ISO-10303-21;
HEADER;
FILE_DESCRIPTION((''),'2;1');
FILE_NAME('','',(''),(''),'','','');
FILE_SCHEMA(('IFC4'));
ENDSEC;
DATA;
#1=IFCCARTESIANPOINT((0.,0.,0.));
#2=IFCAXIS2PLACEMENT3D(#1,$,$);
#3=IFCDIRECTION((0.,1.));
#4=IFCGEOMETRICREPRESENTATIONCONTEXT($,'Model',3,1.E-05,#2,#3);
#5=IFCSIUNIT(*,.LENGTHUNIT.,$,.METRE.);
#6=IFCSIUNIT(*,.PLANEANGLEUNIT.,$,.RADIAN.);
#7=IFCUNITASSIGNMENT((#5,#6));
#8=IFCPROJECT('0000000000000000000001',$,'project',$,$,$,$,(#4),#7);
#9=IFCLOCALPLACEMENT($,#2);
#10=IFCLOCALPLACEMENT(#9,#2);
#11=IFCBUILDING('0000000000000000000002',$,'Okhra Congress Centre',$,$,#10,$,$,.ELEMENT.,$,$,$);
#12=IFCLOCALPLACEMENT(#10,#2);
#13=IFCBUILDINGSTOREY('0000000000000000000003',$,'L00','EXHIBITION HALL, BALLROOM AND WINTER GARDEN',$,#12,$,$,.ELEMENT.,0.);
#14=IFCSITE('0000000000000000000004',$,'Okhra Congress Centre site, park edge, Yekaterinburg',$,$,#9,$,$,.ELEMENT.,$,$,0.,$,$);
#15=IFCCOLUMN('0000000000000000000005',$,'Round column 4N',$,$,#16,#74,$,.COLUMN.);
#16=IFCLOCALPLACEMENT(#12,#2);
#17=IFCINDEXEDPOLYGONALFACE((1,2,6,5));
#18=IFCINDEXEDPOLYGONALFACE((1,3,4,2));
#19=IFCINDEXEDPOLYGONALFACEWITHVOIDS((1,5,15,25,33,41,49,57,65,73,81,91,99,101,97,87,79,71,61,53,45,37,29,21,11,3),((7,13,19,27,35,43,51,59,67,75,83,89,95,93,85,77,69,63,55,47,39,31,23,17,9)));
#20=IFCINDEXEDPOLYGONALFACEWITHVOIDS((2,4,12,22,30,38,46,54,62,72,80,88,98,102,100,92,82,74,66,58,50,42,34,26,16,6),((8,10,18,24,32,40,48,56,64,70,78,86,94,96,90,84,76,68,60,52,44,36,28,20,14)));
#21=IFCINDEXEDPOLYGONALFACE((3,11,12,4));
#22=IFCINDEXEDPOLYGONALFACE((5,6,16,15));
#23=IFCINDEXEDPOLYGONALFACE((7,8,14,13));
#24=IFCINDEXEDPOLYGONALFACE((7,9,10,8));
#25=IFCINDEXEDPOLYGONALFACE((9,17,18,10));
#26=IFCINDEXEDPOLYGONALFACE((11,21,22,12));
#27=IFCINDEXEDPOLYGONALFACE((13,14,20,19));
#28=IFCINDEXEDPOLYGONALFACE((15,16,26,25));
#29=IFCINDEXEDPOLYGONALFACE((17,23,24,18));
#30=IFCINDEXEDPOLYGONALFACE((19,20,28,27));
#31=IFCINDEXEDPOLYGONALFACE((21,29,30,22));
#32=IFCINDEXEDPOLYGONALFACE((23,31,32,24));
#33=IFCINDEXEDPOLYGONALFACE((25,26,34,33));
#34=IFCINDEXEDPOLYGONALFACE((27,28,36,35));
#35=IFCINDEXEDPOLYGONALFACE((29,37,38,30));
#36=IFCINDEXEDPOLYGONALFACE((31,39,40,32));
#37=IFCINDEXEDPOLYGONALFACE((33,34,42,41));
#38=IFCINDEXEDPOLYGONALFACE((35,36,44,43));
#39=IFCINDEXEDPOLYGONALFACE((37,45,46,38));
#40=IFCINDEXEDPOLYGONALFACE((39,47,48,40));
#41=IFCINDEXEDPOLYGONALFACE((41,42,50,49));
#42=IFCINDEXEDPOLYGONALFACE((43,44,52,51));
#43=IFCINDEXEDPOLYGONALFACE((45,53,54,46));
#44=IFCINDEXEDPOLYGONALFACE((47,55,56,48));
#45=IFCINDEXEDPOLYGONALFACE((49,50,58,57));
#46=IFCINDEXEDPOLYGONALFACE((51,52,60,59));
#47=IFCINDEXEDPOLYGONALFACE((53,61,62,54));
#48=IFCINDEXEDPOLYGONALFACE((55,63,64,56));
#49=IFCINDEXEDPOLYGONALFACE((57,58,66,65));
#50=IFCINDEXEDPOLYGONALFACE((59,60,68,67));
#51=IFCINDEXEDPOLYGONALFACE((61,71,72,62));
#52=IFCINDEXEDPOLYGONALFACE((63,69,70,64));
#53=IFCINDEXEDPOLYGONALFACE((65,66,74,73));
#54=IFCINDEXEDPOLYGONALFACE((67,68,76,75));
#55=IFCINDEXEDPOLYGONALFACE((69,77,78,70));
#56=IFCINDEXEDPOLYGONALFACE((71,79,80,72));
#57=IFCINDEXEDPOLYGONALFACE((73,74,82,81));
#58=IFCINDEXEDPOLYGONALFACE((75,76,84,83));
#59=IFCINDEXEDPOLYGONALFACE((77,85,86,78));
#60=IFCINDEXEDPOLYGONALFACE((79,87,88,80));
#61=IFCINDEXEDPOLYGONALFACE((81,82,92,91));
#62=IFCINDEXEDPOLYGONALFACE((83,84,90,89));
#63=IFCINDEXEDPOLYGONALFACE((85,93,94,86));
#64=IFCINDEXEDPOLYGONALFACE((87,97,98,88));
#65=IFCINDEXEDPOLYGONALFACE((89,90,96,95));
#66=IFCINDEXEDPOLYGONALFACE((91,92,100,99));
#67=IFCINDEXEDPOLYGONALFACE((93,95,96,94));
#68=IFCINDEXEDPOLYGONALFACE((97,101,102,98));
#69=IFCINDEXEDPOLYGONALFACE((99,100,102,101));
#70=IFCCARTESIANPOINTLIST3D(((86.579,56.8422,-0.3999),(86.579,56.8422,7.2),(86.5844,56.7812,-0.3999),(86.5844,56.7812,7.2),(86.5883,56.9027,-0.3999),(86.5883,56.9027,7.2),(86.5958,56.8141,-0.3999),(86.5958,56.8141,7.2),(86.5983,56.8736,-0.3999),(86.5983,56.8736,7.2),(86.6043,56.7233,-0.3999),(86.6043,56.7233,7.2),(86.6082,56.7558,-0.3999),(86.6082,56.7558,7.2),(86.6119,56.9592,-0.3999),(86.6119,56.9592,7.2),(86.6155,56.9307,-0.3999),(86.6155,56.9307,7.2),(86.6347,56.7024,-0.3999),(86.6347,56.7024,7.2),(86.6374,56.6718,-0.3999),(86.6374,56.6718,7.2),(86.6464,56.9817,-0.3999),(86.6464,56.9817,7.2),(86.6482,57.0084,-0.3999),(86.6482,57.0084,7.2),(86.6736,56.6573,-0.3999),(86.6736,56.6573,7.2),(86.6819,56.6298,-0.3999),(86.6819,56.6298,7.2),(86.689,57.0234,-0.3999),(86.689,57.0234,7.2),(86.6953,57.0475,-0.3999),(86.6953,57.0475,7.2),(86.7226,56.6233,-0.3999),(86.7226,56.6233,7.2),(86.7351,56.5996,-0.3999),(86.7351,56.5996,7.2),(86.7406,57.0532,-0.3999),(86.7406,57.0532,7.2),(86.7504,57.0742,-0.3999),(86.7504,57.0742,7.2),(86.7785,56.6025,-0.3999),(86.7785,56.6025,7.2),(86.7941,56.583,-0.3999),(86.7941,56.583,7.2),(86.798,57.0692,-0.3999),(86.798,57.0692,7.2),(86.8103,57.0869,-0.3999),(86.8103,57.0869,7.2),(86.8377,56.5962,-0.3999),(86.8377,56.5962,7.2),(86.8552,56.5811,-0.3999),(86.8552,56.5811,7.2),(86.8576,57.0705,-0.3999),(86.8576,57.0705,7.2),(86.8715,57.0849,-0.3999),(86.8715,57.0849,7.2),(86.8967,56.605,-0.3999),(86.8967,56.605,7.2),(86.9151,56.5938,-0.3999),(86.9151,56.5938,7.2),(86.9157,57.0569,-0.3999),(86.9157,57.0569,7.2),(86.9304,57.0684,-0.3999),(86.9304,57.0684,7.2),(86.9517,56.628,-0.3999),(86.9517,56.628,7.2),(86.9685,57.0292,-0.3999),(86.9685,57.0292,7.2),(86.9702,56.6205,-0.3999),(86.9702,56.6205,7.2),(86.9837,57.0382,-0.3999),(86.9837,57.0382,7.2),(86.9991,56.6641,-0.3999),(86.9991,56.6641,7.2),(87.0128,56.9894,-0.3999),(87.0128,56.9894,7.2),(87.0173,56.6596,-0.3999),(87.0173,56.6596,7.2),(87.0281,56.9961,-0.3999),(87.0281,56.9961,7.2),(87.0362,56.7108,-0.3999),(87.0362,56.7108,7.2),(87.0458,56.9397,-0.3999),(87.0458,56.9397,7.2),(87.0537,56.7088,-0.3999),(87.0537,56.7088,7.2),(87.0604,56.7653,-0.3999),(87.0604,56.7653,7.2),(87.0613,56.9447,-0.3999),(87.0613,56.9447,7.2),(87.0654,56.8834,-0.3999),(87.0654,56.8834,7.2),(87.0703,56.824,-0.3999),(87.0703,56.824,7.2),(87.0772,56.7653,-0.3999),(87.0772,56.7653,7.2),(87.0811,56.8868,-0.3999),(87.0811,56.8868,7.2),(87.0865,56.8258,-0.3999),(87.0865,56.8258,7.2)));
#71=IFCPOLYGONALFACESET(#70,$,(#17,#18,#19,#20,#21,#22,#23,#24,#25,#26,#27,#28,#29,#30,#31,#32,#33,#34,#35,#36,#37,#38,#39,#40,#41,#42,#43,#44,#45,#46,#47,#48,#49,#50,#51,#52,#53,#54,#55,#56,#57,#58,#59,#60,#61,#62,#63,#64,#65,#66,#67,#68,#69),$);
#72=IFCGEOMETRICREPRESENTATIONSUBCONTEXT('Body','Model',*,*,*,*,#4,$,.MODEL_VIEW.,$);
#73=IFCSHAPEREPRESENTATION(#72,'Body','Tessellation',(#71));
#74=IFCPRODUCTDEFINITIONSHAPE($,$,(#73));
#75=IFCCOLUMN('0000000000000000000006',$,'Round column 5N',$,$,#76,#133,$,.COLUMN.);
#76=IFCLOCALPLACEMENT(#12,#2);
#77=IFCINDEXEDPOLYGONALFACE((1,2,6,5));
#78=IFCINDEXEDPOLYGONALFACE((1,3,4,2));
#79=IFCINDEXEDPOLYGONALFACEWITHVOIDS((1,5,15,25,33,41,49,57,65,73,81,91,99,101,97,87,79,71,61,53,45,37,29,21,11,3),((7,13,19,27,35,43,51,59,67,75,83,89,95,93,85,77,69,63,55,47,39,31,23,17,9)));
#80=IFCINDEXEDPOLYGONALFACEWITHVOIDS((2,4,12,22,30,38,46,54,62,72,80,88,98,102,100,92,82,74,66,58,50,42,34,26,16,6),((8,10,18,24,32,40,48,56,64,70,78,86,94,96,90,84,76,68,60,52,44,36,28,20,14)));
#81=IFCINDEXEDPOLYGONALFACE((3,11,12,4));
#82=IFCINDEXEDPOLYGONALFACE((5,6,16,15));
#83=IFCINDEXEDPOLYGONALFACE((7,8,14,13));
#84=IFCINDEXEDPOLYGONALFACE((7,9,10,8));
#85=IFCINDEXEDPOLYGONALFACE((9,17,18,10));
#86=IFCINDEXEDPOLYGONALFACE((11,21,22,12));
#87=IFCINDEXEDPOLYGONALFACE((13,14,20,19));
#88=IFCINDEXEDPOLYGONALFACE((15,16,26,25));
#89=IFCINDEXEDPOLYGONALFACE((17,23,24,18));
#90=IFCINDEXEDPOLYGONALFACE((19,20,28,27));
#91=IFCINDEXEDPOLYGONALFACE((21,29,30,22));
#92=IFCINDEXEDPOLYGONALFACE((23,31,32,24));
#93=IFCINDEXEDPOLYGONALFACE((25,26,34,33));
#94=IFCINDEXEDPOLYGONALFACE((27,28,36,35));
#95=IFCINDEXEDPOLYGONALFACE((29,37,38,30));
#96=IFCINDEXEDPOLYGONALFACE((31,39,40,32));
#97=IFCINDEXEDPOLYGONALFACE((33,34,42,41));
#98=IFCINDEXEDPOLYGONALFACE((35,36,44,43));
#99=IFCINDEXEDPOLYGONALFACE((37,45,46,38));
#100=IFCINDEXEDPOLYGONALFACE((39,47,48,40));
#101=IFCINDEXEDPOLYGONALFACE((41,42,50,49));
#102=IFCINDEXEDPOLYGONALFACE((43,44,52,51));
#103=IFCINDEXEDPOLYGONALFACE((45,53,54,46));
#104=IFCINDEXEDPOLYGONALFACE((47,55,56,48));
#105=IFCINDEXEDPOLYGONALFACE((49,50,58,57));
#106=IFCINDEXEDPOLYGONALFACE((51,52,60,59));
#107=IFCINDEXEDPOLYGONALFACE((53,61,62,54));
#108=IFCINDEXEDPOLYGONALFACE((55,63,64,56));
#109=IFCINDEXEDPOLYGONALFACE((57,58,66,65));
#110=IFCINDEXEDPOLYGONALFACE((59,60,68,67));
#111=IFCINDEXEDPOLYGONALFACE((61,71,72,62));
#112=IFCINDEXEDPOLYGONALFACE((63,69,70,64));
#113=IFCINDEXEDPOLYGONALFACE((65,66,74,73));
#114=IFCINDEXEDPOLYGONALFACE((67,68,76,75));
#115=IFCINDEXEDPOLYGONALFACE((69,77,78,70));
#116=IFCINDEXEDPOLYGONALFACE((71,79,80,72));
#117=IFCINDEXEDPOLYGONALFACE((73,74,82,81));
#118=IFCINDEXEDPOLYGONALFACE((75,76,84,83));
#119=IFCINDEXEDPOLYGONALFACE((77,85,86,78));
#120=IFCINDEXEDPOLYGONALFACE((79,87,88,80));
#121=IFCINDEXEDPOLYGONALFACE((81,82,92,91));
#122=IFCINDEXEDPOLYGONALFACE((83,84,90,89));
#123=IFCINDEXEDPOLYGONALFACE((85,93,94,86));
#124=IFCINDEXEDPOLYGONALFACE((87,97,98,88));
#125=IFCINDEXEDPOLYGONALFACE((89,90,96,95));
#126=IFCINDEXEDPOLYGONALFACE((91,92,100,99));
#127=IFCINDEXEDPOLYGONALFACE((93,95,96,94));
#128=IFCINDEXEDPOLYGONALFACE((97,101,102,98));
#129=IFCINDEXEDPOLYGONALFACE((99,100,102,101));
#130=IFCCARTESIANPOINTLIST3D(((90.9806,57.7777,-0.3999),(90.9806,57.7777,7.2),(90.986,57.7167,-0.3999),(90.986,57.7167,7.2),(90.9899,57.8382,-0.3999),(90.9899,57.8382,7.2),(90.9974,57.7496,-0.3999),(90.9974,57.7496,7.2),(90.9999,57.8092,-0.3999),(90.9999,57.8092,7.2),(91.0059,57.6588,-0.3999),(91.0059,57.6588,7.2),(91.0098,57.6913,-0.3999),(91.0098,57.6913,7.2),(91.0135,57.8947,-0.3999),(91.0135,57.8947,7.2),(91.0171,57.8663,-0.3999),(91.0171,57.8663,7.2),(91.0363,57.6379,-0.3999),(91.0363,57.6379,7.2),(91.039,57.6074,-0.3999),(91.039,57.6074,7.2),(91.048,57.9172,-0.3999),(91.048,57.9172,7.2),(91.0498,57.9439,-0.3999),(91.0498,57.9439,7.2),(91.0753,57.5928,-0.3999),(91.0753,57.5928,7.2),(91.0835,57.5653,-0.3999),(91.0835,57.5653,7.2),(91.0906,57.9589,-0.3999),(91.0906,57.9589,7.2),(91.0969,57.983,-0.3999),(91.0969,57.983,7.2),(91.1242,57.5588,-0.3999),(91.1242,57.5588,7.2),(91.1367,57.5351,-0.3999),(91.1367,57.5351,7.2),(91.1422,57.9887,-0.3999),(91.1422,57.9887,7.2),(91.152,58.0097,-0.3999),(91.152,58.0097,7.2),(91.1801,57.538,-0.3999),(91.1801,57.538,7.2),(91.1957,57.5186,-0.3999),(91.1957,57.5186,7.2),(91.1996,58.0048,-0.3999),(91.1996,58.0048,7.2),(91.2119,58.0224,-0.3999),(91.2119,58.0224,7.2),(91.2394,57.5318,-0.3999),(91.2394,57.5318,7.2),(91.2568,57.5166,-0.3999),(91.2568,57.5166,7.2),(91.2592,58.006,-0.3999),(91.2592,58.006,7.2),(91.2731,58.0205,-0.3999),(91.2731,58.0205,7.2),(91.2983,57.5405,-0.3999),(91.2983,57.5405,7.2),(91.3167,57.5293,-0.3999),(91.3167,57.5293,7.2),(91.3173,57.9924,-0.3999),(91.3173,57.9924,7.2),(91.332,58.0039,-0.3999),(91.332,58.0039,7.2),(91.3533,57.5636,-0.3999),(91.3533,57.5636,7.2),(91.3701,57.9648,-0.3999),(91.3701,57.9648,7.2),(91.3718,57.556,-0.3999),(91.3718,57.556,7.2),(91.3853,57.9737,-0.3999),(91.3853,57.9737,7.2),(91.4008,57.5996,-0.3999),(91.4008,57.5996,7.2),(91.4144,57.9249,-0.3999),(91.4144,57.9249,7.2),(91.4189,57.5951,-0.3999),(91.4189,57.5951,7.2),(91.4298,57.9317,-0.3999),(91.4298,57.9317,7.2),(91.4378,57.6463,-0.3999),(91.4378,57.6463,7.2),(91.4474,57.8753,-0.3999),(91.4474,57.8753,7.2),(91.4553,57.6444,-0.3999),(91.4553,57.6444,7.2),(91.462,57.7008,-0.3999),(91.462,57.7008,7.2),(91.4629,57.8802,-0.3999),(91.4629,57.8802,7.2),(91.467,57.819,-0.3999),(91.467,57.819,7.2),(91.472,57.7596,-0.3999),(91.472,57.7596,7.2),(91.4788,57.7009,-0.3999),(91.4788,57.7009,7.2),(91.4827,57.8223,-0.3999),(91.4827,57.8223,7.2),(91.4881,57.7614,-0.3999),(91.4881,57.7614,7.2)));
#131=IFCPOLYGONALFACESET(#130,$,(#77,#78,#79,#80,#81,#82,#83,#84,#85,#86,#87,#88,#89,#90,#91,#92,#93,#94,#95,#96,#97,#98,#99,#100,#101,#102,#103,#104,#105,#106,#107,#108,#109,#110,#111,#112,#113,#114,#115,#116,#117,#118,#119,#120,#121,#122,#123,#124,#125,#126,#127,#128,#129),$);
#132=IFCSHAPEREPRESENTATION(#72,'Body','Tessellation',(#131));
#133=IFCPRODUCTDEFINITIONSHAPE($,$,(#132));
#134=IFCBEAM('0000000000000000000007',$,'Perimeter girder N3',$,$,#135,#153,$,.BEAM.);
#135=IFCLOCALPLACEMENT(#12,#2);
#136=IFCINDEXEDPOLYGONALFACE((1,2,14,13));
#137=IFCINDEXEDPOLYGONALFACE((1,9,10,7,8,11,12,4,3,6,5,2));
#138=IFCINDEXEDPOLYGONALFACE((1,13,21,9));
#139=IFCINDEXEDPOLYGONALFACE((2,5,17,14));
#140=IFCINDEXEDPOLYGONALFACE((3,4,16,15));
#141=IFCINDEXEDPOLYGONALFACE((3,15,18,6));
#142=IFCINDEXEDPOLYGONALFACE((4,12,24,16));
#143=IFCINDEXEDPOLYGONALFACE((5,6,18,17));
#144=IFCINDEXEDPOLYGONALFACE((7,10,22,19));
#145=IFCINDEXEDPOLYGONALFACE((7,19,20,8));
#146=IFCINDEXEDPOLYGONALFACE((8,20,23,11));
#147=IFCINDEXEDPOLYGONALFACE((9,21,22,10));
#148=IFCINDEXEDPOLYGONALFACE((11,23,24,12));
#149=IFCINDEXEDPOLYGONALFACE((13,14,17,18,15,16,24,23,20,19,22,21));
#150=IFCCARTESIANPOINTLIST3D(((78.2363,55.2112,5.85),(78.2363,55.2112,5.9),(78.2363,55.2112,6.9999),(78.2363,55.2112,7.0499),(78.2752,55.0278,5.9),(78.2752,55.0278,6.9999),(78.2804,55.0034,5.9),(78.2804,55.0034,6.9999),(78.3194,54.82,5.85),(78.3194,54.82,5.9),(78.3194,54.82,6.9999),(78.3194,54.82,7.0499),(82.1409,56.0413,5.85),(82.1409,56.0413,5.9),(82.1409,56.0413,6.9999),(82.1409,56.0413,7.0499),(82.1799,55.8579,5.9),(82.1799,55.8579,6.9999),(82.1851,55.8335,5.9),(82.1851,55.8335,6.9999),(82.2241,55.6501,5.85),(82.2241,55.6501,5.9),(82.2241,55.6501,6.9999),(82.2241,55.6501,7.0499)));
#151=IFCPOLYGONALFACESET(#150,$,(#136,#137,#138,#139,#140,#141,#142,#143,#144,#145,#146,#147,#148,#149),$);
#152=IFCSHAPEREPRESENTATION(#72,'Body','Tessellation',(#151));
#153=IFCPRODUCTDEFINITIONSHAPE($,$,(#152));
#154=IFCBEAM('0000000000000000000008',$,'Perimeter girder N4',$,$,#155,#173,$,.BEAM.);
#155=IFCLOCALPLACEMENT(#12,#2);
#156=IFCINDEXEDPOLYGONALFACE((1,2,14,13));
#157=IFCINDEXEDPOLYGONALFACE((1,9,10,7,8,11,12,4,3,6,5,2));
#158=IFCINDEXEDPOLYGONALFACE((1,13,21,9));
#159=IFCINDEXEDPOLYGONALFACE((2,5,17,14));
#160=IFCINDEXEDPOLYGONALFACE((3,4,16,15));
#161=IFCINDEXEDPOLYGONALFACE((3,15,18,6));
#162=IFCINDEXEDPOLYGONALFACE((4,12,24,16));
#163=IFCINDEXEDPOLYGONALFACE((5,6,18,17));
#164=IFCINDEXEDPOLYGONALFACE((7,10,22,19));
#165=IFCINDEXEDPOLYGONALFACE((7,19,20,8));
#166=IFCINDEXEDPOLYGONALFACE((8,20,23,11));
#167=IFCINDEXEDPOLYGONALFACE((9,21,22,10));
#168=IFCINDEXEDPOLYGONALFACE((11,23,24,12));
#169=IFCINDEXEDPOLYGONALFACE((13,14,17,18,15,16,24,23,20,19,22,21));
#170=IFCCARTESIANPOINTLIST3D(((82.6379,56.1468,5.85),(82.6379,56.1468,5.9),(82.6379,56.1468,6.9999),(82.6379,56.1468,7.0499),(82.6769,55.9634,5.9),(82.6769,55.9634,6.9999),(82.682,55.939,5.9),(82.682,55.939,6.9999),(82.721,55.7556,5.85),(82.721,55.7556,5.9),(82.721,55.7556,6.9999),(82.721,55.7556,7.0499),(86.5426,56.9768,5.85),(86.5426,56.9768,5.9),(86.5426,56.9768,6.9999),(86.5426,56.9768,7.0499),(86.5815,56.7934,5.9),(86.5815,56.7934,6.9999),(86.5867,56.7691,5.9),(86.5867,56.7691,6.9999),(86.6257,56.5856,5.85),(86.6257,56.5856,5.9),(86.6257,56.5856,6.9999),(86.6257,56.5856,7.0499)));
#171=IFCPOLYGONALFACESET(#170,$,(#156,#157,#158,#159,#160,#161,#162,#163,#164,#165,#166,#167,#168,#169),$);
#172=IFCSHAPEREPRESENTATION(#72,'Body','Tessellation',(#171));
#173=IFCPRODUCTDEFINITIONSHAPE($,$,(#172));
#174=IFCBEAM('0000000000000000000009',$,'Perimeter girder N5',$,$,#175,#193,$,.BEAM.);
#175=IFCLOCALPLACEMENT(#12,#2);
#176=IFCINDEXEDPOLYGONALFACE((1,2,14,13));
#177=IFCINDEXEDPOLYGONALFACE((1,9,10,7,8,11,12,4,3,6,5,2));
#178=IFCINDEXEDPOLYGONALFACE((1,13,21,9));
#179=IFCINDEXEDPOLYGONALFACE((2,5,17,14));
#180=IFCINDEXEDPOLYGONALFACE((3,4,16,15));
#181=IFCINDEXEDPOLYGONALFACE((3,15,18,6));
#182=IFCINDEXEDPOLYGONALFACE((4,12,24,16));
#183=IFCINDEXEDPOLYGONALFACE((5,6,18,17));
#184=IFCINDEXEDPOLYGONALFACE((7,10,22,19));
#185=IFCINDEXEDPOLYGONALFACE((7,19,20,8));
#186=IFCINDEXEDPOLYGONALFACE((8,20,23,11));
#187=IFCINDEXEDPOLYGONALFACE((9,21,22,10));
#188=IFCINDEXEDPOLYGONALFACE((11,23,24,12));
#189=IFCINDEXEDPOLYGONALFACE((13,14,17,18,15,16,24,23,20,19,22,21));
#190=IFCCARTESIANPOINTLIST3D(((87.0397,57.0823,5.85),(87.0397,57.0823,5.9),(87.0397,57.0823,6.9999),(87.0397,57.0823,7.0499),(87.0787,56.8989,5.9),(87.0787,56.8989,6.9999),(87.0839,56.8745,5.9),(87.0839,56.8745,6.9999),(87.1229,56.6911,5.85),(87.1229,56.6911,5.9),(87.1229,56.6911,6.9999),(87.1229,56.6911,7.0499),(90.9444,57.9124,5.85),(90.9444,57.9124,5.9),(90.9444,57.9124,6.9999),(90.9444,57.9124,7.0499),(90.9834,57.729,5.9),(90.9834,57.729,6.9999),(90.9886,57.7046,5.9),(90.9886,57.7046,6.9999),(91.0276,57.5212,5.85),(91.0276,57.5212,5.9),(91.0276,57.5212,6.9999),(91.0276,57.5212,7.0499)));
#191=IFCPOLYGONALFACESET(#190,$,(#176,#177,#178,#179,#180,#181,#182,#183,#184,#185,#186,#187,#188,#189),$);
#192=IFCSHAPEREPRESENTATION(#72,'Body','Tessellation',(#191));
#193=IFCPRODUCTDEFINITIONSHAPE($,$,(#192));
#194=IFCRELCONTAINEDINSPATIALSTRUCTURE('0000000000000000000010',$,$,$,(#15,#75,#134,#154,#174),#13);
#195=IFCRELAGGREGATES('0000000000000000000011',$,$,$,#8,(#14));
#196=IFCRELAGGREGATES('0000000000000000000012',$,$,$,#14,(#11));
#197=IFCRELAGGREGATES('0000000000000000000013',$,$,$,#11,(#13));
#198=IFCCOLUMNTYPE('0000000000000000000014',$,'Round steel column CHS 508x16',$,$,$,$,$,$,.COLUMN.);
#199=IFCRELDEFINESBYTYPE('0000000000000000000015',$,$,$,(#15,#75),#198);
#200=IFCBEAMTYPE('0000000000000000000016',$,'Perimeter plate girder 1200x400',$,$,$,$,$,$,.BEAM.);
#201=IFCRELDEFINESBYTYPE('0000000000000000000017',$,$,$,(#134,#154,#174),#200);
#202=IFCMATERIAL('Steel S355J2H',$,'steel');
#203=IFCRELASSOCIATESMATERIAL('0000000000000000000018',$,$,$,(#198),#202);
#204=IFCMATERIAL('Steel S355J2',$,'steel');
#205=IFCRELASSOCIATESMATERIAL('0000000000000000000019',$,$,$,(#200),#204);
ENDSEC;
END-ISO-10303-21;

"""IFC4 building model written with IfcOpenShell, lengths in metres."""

from ifc_helpers import new_model, si_unit, direction, frame, origin, origin_2d, place, context, subcontext, project, spatial, hollow_circle, i_section, extrude, material, material_profile, profile_set, type_object, element, save


model = new_model("IFC4")

# Units and contexts
model_context = context("Model", 3, precision=1e-05, world=origin(), true_north=direction((0.0, 1.0)))
body_context = subcontext(model_context, "Body", "Model", "MODEL_VIEW")
ifc_project = project(units=[si_unit("LENGTHUNIT", "METRE"), si_unit("PLANEANGLEUNIT", "RADIAN")], contexts=[model_context])

# Site, building, storey
site_placement = place(None, origin())
site = spatial("IfcSite", under=ifc_project, at=site_placement, Name="Okhra Congress Centre site, park edge, Yekaterinburg", CompositionType="ELEMENT", RefElevation=0.0)
building_placement = place(site_placement, origin())
building = spatial("IfcBuilding", under=site, at=building_placement, Name="Okhra Congress Centre", CompositionType="ELEMENT")
storey_placement = place(building_placement, origin())
storey = spatial("IfcBuildingStorey", under=building, at=storey_placement, Name="L00", Description="EXHIBITION HALL, BALLROOM AND WINTER GARDEN", CompositionType="ELEMENT", Elevation=0.0)

# Columns
ifc_material_1 = material(Name="Steel S355J2H", Category="steel")
ifc_material_profile_1 = material_profile(ifc_material_1, hollow_circle(Radius=0.2539, WallThickness=0.0161, at=origin_2d()), Name="CHS 508x16")
ifc_profile_set_1 = profile_set([ifc_material_profile_1], Name="Steel S355J2H")
column_type = type_object("IfcColumnType", Name="Round steel column CHS 508x16", PredefinedType="COLUMN", material=ifc_profile_set_1)
for number, where, z_axis, x_axis, name in (
    (1, (86.8328, 56.834, -0.3999), (0.0, 0.0, 1.0), (0.978148, 0.207912, 0.0), "Round column 4N"),
    (2, (91.2344, 57.7695, -0.3999), (0.0, 0.0, 1.0), (0.978148, 0.207912, 0.0), "Round column 5N"),
):
    element("IfcColumn", number, at=place(storey_placement, frame(where, z_axis=z_axis, x_axis=x_axis)), inside=storey, type_object=column_type, Name=name, PredefinedType="COLUMN", context=body_context, shape_type="SweptSolid", body=[
        extrude(hollow_circle(Radius=0.2539, WallThickness=0.0161, at=origin_2d()), origin(), (0.0, 0.0, 1.0), 7.5999),
    ])

# Beams
ifc_material_2 = material(Name="Steel S355J2", Category="steel")
ifc_material_profile_2 = material_profile(ifc_material_2, i_section(OverallWidth=0.3999, OverallDepth=1.2, WebThickness=0.0249, FlangeThickness=0.05, at=origin_2d()), Name="Plate girder 1200x400")
ifc_profile_set_2 = profile_set([ifc_material_profile_2], Name="Steel S355J2")
beam_type = type_object("IfcBeamType", Name="Perimeter plate girder 1200x400", PredefinedType="BEAM", material=ifc_profile_set_2)
for number, where, z_axis, x_axis, name in (
    (3, (78.2778, 55.0156, 6.45), (0.978143, 0.207933, 0.0), (-0.207933, 0.978143, 0.0), "Perimeter girder N3"),
    (4, (82.6794, 55.9512, 6.45), (0.978143, 0.207933, 0.0), (-0.207933, 0.978143, 0.0), "Perimeter girder N4"),
    (5, (87.0813, 56.8867, 6.45), (0.978143, 0.207933, 0.0), (-0.207933, 0.978143, 0.0), "Perimeter girder N5"),
):
    element("IfcBeam", number, at=place(storey_placement, frame(where, z_axis=z_axis, x_axis=x_axis)), inside=storey, type_object=beam_type, Name=name, PredefinedType="BEAM", context=body_context, shape_type="SweptSolid", body=[
        extrude(i_section(OverallWidth=0.3999, OverallDepth=1.2, WebThickness=0.0249, FlangeThickness=0.05, at=origin_2d()), origin(), (0.0, 0.0, 1.0), 3.9919),
    ])

save(model, "model.ifc")
